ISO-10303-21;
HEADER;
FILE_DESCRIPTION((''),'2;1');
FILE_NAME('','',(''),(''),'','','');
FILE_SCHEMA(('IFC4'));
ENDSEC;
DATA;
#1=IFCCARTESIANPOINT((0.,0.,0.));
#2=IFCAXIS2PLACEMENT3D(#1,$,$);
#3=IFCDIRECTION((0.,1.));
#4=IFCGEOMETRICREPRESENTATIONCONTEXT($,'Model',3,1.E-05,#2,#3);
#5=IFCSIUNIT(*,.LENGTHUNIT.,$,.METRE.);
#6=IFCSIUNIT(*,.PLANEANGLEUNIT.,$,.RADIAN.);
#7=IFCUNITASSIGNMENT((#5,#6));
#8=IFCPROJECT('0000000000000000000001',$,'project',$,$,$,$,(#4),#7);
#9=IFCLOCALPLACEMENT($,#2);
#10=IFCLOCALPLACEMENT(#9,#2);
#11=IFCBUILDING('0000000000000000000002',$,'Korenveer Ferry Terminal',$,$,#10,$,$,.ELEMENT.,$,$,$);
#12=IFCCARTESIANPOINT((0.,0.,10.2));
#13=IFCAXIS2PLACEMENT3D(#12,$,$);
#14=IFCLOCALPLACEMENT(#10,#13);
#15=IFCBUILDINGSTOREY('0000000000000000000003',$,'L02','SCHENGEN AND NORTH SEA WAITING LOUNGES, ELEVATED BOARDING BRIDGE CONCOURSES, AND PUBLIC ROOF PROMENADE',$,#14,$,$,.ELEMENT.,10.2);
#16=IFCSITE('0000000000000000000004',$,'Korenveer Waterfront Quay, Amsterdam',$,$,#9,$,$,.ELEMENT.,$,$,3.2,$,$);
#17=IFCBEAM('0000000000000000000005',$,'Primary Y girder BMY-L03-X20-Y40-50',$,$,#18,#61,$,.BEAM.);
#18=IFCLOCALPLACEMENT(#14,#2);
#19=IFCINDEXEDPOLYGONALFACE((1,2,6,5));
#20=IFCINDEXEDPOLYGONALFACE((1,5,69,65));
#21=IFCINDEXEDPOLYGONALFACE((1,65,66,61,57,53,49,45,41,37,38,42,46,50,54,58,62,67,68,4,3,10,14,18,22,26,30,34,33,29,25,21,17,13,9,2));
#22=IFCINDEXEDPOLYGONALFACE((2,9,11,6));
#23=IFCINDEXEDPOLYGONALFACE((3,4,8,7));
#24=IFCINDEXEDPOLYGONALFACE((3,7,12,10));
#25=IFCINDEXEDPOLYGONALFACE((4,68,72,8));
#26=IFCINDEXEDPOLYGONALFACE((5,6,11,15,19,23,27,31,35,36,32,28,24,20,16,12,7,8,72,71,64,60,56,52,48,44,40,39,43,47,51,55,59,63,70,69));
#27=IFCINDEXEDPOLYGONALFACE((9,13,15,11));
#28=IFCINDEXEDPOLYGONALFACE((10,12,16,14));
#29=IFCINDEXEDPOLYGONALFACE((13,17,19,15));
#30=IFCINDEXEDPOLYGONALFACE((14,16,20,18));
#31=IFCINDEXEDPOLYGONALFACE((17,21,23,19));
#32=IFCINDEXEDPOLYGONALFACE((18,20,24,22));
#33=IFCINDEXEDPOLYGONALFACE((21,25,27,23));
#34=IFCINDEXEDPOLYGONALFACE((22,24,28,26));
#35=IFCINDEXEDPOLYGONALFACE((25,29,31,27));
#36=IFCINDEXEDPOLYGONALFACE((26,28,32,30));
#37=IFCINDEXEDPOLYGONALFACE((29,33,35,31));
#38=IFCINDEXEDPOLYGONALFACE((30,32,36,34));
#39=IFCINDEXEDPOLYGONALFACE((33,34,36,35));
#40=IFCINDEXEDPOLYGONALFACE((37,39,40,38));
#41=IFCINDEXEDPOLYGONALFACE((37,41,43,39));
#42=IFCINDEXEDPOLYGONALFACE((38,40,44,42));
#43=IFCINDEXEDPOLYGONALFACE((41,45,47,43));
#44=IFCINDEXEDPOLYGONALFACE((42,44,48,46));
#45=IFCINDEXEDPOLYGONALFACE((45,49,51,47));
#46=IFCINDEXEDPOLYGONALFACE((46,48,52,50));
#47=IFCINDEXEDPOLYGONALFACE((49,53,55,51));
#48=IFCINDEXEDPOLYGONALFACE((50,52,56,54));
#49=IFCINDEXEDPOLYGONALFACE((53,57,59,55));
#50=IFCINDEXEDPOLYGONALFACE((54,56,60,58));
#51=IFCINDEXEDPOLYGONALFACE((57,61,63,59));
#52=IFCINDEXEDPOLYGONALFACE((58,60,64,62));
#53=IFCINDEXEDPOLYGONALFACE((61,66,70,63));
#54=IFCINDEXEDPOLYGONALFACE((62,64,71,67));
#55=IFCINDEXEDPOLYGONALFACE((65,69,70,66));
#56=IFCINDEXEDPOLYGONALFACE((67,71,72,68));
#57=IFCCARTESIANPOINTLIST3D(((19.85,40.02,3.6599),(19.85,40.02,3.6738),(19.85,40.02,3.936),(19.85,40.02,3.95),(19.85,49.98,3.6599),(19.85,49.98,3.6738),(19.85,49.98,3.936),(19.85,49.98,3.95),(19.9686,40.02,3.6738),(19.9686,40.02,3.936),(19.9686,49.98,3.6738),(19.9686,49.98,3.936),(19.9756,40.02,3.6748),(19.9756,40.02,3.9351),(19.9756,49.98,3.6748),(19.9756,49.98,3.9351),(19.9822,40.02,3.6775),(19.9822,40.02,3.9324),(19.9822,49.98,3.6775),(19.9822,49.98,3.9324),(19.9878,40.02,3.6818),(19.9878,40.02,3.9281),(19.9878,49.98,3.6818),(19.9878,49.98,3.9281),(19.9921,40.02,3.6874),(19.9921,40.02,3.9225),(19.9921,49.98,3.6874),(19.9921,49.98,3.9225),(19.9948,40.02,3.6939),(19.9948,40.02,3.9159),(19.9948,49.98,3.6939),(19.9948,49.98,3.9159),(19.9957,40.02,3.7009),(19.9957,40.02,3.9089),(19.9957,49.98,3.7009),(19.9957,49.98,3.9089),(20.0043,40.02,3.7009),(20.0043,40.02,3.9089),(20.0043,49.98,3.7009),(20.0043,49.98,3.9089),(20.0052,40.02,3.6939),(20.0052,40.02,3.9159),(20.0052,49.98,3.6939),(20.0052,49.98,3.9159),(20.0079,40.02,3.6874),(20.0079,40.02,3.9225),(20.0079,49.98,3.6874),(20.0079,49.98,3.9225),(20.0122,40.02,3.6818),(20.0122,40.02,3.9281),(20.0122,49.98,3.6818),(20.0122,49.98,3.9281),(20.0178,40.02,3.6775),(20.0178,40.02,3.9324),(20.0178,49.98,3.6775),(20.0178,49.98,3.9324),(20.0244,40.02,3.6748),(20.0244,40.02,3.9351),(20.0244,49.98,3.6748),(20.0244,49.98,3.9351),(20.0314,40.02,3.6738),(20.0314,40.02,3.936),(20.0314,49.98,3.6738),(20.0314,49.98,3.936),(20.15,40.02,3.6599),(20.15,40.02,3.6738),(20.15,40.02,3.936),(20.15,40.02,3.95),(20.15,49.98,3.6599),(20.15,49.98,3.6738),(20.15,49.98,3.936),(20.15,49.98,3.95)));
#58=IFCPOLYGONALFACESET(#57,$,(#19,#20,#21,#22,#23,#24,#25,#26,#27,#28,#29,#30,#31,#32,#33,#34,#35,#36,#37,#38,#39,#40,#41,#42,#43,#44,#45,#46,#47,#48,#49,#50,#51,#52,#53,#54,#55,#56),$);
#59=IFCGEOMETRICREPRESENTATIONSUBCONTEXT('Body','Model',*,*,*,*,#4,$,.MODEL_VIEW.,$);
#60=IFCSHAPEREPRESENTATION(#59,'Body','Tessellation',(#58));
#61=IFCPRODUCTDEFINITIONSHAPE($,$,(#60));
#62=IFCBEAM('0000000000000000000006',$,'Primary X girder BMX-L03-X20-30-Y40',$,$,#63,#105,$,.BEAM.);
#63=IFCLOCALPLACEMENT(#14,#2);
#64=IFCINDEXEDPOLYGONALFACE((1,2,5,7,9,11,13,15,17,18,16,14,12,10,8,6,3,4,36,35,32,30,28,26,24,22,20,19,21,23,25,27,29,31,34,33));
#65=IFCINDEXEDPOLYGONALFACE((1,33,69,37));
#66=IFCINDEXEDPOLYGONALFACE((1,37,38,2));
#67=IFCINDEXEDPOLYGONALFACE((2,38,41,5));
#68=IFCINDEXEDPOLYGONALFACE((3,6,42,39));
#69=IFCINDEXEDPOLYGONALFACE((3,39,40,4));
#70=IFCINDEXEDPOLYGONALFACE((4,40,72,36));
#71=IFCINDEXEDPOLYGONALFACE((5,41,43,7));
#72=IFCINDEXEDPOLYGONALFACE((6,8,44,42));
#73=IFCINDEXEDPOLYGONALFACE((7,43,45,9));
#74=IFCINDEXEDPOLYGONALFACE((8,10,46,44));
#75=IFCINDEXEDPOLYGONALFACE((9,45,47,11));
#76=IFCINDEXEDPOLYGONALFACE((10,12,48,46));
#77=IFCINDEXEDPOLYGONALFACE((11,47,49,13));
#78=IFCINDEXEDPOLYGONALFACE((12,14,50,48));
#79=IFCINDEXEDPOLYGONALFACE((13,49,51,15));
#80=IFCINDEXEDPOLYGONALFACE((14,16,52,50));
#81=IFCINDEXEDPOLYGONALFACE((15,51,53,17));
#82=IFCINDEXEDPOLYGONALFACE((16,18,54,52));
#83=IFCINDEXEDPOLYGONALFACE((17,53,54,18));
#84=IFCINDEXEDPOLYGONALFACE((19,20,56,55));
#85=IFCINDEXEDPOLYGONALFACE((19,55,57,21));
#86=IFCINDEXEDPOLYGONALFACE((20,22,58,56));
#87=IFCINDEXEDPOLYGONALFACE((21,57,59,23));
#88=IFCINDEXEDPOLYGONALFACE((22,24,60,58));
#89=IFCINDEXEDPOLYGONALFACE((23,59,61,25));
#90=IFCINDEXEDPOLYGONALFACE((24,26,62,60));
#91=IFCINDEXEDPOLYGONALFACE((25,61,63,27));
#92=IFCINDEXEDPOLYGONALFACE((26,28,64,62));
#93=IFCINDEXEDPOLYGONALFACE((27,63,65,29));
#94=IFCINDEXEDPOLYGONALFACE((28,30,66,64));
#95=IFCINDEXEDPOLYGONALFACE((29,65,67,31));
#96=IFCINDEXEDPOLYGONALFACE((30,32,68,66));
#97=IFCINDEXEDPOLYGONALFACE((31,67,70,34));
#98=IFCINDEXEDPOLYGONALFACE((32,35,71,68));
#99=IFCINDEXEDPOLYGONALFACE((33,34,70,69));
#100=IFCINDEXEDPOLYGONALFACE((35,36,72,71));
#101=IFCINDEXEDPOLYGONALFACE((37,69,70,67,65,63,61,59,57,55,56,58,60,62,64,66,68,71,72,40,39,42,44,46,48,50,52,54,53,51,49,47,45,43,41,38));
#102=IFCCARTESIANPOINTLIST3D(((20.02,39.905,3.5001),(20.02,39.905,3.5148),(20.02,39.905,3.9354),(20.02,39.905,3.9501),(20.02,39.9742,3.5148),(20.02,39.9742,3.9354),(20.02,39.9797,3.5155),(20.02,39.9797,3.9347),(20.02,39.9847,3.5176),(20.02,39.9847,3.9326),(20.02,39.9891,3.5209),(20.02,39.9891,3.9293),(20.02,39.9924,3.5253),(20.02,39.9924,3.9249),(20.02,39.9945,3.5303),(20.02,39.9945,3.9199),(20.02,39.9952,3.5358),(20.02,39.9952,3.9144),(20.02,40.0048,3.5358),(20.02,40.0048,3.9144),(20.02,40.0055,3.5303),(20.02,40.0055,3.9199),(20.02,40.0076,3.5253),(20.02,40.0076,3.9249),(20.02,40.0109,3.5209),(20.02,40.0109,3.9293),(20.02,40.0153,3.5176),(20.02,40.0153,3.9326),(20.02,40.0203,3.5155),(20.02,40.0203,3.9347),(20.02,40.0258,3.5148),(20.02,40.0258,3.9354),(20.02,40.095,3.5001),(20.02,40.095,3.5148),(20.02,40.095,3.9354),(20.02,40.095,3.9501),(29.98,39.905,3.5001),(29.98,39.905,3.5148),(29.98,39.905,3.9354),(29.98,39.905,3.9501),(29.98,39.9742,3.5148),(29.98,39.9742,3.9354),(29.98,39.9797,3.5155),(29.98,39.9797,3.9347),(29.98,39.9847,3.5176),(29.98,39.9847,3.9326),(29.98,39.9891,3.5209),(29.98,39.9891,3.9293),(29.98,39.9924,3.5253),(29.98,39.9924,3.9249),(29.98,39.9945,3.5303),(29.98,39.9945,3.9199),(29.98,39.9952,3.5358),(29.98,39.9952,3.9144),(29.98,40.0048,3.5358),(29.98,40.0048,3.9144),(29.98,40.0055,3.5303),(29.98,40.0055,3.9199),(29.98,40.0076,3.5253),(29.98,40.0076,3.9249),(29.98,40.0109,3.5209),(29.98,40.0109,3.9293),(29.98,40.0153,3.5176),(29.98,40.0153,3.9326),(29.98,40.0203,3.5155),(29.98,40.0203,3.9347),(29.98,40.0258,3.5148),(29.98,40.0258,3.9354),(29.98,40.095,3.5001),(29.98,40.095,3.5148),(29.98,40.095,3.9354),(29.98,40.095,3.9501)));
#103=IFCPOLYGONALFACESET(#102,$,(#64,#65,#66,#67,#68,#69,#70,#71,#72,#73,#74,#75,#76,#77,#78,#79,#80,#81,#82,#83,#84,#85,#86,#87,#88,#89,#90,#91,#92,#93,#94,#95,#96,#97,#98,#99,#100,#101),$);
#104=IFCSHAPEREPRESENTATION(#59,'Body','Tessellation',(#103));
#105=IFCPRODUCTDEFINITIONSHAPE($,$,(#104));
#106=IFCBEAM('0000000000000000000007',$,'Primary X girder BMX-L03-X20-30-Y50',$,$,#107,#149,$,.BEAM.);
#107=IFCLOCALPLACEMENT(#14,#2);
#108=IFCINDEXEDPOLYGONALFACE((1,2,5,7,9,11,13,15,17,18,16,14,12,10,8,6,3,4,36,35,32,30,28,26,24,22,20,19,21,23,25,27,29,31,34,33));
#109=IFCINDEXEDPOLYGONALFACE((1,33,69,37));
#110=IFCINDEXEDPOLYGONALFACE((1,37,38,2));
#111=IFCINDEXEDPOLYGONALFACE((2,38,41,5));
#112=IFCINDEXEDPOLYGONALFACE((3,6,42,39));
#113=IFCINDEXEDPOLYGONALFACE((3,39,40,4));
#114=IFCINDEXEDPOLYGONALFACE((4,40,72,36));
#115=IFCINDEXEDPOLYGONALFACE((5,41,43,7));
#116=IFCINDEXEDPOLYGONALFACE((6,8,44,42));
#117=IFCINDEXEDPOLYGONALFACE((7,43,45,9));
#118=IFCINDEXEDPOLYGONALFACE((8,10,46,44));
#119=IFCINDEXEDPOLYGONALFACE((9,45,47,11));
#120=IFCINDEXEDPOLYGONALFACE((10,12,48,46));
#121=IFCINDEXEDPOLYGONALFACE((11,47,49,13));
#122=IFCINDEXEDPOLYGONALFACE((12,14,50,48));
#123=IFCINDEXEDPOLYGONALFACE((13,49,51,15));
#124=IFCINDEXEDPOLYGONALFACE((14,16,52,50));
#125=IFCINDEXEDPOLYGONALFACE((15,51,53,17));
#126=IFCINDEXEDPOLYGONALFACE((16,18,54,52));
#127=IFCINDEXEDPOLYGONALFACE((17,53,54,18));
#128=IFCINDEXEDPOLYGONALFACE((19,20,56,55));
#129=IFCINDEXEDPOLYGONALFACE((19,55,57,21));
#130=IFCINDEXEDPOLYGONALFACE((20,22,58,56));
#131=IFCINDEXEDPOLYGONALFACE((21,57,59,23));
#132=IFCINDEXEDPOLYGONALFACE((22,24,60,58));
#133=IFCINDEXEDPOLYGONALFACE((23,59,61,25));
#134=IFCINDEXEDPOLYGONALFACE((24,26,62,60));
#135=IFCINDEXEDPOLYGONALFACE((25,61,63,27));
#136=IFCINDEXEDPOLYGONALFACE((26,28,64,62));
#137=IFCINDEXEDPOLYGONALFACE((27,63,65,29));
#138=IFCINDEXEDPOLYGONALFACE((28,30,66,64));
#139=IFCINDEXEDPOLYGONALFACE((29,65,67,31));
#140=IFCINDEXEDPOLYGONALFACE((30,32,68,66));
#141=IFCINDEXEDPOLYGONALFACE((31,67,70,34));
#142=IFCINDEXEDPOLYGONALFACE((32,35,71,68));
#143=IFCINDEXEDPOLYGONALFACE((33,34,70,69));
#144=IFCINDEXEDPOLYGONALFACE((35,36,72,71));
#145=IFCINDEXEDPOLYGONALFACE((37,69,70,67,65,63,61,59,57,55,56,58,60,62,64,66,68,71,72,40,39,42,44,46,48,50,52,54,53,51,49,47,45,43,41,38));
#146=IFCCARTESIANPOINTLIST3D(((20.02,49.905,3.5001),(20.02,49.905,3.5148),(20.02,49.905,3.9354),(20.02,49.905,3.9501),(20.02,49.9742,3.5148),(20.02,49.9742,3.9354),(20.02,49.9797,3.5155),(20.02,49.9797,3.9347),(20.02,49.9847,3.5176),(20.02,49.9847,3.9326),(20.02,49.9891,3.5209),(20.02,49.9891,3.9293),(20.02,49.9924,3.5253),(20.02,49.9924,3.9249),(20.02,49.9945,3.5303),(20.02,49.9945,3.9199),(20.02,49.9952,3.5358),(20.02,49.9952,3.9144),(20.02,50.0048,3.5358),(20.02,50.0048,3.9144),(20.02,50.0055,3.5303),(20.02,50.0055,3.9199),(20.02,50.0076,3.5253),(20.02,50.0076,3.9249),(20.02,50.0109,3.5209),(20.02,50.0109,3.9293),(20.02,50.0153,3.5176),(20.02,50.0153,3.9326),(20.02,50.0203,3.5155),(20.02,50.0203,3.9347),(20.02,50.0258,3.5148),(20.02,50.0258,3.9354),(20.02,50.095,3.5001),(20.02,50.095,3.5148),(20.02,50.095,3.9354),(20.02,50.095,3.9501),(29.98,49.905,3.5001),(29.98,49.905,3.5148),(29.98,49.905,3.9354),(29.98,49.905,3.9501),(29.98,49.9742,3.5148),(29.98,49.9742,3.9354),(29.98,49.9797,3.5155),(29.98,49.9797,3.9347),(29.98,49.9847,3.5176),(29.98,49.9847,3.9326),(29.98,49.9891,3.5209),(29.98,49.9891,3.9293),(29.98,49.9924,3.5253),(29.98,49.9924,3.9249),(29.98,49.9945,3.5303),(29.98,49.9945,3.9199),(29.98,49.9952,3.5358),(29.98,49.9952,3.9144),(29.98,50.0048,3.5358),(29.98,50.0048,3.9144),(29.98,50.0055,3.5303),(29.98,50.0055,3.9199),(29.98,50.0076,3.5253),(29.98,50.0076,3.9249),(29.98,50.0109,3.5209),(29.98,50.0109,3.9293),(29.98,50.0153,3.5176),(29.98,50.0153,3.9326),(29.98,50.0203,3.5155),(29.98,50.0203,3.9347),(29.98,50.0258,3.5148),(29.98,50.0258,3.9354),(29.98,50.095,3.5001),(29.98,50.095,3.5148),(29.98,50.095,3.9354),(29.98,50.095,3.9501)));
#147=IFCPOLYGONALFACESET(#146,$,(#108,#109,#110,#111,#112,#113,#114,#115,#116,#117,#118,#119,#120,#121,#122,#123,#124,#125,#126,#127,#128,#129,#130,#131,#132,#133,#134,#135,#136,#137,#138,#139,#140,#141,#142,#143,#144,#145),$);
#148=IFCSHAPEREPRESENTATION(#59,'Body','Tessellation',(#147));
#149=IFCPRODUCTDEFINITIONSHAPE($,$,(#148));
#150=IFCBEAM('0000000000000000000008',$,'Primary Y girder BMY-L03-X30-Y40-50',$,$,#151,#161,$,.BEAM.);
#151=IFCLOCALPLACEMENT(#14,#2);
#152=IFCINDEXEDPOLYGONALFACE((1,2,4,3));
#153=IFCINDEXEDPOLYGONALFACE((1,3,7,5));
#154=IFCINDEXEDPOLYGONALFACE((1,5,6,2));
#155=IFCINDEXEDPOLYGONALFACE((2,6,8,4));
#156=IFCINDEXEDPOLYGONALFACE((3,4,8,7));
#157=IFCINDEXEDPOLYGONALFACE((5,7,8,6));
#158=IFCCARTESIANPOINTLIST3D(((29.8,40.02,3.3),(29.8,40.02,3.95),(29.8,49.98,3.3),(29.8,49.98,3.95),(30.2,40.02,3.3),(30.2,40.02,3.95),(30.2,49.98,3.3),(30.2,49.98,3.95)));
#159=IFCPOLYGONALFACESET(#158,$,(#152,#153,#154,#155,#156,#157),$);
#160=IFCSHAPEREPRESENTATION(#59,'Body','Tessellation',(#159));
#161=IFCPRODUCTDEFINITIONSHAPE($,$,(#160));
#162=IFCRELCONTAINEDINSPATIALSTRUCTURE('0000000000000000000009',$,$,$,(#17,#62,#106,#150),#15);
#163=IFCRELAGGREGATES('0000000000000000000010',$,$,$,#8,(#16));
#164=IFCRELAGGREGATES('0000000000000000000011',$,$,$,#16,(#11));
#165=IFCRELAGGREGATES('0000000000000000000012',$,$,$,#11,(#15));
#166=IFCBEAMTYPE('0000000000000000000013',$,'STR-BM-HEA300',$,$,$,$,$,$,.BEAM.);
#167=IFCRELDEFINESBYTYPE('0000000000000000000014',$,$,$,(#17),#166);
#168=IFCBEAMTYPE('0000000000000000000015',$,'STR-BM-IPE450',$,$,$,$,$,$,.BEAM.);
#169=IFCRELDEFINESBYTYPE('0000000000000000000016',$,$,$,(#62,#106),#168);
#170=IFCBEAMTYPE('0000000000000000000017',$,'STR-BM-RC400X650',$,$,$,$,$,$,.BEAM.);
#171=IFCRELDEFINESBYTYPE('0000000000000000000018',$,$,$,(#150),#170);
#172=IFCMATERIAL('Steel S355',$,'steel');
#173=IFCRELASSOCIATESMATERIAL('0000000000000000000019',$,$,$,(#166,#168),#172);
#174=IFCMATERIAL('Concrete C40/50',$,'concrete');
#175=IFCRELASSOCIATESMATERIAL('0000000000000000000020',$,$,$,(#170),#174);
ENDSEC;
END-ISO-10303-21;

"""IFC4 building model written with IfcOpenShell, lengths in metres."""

from ifc_helpers import new_model, si_unit, direction, frame, origin, origin_2d, place, context, subcontext, project, spatial, rectangle, i_section, extrude, material, material_profile, profile_set, type_object, element, save


model = new_model("IFC4")

# Units and contexts
model_context = context("Model", 3, precision=1e-05, world=origin(), true_north=direction((0.0, 1.0)))
body_context = subcontext(model_context, "Body", "Model", "MODEL_VIEW")
ifc_project = project(units=[si_unit("LENGTHUNIT", "METRE"), si_unit("PLANEANGLEUNIT", "RADIAN")], contexts=[model_context])

# Site, building, storey
site_placement = place(None, origin())
site = spatial("IfcSite", under=ifc_project, at=site_placement, Name="Korenveer Waterfront Quay, Amsterdam", CompositionType="ELEMENT", RefElevation=3.2)
building_placement = place(site_placement, origin())
building = spatial("IfcBuilding", under=site, at=building_placement, Name="Korenveer Ferry Terminal", CompositionType="ELEMENT")
storey_placement = place(building_placement, frame((0.0, 0.0, 10.2)))
storey = spatial("IfcBuildingStorey", under=building, at=storey_placement, Name="L02", Description="SCHENGEN AND NORTH SEA WAITING LOUNGES, ELEVATED BOARDING BRIDGE CONCOURSES, AND PUBLIC ROOF PROMENADE", CompositionType="ELEMENT", Elevation=10.2)

# Beams
ifc_material_1 = material(Name="Steel S355", Category="steel")
ifc_material_profile_1 = material_profile(ifc_material_1, i_section(OverallWidth=0.3, OverallDepth=0.29, WebThickness=0.0085, FlangeThickness=0.0139, FilletRadius=0.0271, at=origin_2d()), Name="HEA 300")
ifc_profile_set_1 = profile_set([ifc_material_profile_1], Name="Steel S355")
beam_type_1 = type_object("IfcBeamType", Name="STR-BM-HEA300", PredefinedType="BEAM", material=ifc_profile_set_1)
beam_1_placement = place(storey_placement, frame((20.0, 40.02, 3.8049), z_axis=(0.0, 1.0, 0.0), x_axis=(-1.0, 0.0, 0.0)))
element("IfcBeam", 1, at=beam_1_placement, inside=storey, type_object=beam_type_1, Name="Primary Y girder BMY-L03-X20-Y40-50", PredefinedType="BEAM", context=body_context, shape_type="SweptSolid", body=[
    extrude(i_section(OverallWidth=0.3, OverallDepth=0.29, WebThickness=0.0085, FlangeThickness=0.0139, FilletRadius=0.0271, at=origin_2d()), origin(), (0.0, 0.0, 1.0), 9.96),
])
ifc_material_profile_2 = material_profile(ifc_material_1, i_section(OverallWidth=0.1899, OverallDepth=0.45, WebThickness=0.0095, FlangeThickness=0.0146, FilletRadius=0.021, at=origin_2d()), Name="IPE 450")
ifc_profile_set_2 = profile_set([ifc_material_profile_2], Name="Steel S355")
beam_type_2 = type_object("IfcBeamType", Name="STR-BM-IPE450", PredefinedType="BEAM", material=ifc_profile_set_2)
for number, where, z_axis, x_axis, name in (
    (2, (20.02, 40.0, 3.7251), (1.0, 0.0, 0.0), (0.0, 1.0, 0.0), "Primary X girder BMX-L03-X20-30-Y40"),
    (3, (20.02, 50.0, 3.7251), (1.0, 0.0, 0.0), (0.0, 1.0, 0.0), "Primary X girder BMX-L03-X20-30-Y50"),
):
    element("IfcBeam", number, at=place(storey_placement, frame(where, z_axis=z_axis, x_axis=x_axis)), inside=storey, type_object=beam_type_2, Name=name, PredefinedType="BEAM", context=body_context, shape_type="SweptSolid", body=[
        extrude(i_section(OverallWidth=0.1899, OverallDepth=0.45, WebThickness=0.0095, FlangeThickness=0.0146, FilletRadius=0.021, at=origin_2d()), origin(), (0.0, 0.0, 1.0), 9.96),
    ])
ifc_material_2 = material(Name="Concrete C40/50", Category="concrete")
ifc_material_profile_3 = material_profile(ifc_material_2, rectangle(XDim=0.3999, YDim=0.6499, at=origin_2d()), Name="RC 400x650")
ifc_profile_set_3 = profile_set([ifc_material_profile_3], Name="Concrete C40/50")
beam_type_3 = type_object("IfcBeamType", Name="STR-BM-RC400X650", PredefinedType="BEAM", material=ifc_profile_set_3)
beam_2_placement = place(storey_placement, frame((30.0, 40.02, 3.625), z_axis=(0.0, 1.0, 0.0), x_axis=(-1.0, 0.0, 0.0)))
element("IfcBeam", 4, at=beam_2_placement, inside=storey, type_object=beam_type_3, Name="Primary Y girder BMY-L03-X30-Y40-50", PredefinedType="BEAM", context=body_context, shape_type="SweptSolid", body=[
    extrude(rectangle(XDim=0.3999, YDim=0.6499, at=origin_2d()), origin(), (0.0, 0.0, 1.0), 9.96),
])

save(model, "model.ifc")
